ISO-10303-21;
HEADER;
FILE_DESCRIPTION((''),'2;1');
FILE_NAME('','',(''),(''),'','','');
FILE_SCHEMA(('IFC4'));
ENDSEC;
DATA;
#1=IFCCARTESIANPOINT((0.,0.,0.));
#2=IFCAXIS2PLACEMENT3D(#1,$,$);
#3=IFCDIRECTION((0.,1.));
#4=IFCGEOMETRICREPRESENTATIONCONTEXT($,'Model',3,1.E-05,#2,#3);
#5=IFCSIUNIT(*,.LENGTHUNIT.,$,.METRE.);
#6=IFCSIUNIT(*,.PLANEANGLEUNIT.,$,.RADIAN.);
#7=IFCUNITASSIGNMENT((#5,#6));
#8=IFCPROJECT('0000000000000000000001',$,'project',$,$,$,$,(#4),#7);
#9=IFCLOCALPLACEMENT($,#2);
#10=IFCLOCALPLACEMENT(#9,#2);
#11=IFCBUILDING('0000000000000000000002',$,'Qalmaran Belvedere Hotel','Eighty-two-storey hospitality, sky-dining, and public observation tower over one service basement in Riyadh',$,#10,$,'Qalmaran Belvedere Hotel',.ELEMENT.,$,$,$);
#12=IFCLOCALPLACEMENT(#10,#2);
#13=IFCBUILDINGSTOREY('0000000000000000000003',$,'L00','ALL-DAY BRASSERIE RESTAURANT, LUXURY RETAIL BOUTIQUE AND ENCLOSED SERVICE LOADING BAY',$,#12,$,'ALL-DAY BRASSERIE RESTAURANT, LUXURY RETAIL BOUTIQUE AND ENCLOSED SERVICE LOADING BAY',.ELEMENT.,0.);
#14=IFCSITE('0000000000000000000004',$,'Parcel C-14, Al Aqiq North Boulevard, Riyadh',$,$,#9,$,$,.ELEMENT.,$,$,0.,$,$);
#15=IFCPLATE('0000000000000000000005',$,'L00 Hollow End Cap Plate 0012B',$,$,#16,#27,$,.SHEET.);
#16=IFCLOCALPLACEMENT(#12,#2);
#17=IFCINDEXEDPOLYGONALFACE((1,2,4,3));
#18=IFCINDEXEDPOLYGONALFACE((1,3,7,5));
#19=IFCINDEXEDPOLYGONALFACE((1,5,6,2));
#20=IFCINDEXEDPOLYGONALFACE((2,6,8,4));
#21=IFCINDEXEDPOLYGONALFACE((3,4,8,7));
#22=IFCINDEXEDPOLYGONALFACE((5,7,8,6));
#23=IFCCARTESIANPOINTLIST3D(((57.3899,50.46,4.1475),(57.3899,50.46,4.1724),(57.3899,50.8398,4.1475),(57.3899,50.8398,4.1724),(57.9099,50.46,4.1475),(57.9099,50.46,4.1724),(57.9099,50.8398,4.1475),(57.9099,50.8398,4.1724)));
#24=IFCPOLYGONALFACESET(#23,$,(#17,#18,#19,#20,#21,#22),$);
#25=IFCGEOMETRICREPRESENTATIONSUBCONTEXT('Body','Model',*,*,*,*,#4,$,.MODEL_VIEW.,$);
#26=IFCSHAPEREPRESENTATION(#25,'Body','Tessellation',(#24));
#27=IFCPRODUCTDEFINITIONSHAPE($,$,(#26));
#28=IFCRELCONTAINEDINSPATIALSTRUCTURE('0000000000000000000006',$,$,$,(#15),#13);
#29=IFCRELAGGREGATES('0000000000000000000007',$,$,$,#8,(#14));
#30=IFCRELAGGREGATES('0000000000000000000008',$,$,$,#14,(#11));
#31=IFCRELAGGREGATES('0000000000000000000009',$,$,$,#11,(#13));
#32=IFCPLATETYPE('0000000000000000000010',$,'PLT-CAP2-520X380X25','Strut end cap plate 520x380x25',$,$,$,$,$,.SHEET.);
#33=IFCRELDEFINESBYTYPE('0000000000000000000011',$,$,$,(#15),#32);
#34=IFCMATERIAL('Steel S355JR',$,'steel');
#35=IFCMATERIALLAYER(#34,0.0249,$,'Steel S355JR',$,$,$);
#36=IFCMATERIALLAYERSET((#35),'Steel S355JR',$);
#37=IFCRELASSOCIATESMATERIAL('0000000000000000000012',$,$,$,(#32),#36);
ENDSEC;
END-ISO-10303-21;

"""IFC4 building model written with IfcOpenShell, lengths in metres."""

from ifc_helpers import new_model, si_unit, direction, frame, origin, origin_2d, place, context, subcontext, project, spatial, rectangle, extrude, material, layer, layer_set, type_object, element, save


model = new_model("IFC4")

# Units and contexts
model_context = context("Model", 3, precision=1e-05, world=origin(), true_north=direction((0.0, 1.0)))
body_context = subcontext(model_context, "Body", "Model", "MODEL_VIEW")
ifc_project = project(units=[si_unit("LENGTHUNIT", "METRE"), si_unit("PLANEANGLEUNIT", "RADIAN")], contexts=[model_context])

# Site, building, storey
site_placement = place(None, origin())
site = spatial("IfcSite", under=ifc_project, at=site_placement, Name="Parcel C-14, Al Aqiq North Boulevard, Riyadh", CompositionType="ELEMENT", RefElevation=0.0)
building_placement = place(site_placement, origin())
building = spatial("IfcBuilding", under=site, at=building_placement, Name="Qalmaran Belvedere Hotel", Description="Eighty-two-storey hospitality, sky-dining, and public observation tower over one service basement in Riyadh", LongName="Qalmaran Belvedere Hotel", CompositionType="ELEMENT")
storey_placement = place(building_placement, origin())
storey = spatial("IfcBuildingStorey", under=building, at=storey_placement, Name="L00", Description="ALL-DAY BRASSERIE RESTAURANT, LUXURY RETAIL BOUTIQUE AND ENCLOSED SERVICE LOADING BAY", LongName="ALL-DAY BRASSERIE RESTAURANT, LUXURY RETAIL BOUTIQUE AND ENCLOSED SERVICE LOADING BAY", CompositionType="ELEMENT", Elevation=0.0)

# Shared definitions
ifc_material_1 = material(Name="Steel S355JR", Category="steel")

# Plate
ifc_layer_1 = layer(ifc_material_1, 0.0249, Name="Steel S355JR")
ifc_layer_set_1 = layer_set([ifc_layer_1], Name="Steel S355JR")
plate_type_1 = type_object("IfcPlateType", Name="PLT-CAP2-520X380X25", Description="Strut end cap plate 520x380x25", PredefinedType="SHEET", material=ifc_layer_set_1)
for number, where, z_axis, x_axis, name in (
    (1, (57.6499, 50.6499, 4.1475), (0.0, 0.0, 1.0), (-1.0, 0.0, 0.0), "L00 Hollow End Cap Plate 0012B"),
):
    element("IfcPlate", number, at=place(storey_placement, frame(where, z_axis=z_axis, x_axis=x_axis)), inside=storey, type_object=plate_type_1, Name=name, PredefinedType="SHEET", context=body_context, shape_type="SweptSolid", body=[
        extrude(rectangle(XDim=0.52, YDim=0.3799, at=origin_2d()), origin(), (0.0, 0.0, 1.0), 0.0249),
    ])

save(model, "model.ifc")
